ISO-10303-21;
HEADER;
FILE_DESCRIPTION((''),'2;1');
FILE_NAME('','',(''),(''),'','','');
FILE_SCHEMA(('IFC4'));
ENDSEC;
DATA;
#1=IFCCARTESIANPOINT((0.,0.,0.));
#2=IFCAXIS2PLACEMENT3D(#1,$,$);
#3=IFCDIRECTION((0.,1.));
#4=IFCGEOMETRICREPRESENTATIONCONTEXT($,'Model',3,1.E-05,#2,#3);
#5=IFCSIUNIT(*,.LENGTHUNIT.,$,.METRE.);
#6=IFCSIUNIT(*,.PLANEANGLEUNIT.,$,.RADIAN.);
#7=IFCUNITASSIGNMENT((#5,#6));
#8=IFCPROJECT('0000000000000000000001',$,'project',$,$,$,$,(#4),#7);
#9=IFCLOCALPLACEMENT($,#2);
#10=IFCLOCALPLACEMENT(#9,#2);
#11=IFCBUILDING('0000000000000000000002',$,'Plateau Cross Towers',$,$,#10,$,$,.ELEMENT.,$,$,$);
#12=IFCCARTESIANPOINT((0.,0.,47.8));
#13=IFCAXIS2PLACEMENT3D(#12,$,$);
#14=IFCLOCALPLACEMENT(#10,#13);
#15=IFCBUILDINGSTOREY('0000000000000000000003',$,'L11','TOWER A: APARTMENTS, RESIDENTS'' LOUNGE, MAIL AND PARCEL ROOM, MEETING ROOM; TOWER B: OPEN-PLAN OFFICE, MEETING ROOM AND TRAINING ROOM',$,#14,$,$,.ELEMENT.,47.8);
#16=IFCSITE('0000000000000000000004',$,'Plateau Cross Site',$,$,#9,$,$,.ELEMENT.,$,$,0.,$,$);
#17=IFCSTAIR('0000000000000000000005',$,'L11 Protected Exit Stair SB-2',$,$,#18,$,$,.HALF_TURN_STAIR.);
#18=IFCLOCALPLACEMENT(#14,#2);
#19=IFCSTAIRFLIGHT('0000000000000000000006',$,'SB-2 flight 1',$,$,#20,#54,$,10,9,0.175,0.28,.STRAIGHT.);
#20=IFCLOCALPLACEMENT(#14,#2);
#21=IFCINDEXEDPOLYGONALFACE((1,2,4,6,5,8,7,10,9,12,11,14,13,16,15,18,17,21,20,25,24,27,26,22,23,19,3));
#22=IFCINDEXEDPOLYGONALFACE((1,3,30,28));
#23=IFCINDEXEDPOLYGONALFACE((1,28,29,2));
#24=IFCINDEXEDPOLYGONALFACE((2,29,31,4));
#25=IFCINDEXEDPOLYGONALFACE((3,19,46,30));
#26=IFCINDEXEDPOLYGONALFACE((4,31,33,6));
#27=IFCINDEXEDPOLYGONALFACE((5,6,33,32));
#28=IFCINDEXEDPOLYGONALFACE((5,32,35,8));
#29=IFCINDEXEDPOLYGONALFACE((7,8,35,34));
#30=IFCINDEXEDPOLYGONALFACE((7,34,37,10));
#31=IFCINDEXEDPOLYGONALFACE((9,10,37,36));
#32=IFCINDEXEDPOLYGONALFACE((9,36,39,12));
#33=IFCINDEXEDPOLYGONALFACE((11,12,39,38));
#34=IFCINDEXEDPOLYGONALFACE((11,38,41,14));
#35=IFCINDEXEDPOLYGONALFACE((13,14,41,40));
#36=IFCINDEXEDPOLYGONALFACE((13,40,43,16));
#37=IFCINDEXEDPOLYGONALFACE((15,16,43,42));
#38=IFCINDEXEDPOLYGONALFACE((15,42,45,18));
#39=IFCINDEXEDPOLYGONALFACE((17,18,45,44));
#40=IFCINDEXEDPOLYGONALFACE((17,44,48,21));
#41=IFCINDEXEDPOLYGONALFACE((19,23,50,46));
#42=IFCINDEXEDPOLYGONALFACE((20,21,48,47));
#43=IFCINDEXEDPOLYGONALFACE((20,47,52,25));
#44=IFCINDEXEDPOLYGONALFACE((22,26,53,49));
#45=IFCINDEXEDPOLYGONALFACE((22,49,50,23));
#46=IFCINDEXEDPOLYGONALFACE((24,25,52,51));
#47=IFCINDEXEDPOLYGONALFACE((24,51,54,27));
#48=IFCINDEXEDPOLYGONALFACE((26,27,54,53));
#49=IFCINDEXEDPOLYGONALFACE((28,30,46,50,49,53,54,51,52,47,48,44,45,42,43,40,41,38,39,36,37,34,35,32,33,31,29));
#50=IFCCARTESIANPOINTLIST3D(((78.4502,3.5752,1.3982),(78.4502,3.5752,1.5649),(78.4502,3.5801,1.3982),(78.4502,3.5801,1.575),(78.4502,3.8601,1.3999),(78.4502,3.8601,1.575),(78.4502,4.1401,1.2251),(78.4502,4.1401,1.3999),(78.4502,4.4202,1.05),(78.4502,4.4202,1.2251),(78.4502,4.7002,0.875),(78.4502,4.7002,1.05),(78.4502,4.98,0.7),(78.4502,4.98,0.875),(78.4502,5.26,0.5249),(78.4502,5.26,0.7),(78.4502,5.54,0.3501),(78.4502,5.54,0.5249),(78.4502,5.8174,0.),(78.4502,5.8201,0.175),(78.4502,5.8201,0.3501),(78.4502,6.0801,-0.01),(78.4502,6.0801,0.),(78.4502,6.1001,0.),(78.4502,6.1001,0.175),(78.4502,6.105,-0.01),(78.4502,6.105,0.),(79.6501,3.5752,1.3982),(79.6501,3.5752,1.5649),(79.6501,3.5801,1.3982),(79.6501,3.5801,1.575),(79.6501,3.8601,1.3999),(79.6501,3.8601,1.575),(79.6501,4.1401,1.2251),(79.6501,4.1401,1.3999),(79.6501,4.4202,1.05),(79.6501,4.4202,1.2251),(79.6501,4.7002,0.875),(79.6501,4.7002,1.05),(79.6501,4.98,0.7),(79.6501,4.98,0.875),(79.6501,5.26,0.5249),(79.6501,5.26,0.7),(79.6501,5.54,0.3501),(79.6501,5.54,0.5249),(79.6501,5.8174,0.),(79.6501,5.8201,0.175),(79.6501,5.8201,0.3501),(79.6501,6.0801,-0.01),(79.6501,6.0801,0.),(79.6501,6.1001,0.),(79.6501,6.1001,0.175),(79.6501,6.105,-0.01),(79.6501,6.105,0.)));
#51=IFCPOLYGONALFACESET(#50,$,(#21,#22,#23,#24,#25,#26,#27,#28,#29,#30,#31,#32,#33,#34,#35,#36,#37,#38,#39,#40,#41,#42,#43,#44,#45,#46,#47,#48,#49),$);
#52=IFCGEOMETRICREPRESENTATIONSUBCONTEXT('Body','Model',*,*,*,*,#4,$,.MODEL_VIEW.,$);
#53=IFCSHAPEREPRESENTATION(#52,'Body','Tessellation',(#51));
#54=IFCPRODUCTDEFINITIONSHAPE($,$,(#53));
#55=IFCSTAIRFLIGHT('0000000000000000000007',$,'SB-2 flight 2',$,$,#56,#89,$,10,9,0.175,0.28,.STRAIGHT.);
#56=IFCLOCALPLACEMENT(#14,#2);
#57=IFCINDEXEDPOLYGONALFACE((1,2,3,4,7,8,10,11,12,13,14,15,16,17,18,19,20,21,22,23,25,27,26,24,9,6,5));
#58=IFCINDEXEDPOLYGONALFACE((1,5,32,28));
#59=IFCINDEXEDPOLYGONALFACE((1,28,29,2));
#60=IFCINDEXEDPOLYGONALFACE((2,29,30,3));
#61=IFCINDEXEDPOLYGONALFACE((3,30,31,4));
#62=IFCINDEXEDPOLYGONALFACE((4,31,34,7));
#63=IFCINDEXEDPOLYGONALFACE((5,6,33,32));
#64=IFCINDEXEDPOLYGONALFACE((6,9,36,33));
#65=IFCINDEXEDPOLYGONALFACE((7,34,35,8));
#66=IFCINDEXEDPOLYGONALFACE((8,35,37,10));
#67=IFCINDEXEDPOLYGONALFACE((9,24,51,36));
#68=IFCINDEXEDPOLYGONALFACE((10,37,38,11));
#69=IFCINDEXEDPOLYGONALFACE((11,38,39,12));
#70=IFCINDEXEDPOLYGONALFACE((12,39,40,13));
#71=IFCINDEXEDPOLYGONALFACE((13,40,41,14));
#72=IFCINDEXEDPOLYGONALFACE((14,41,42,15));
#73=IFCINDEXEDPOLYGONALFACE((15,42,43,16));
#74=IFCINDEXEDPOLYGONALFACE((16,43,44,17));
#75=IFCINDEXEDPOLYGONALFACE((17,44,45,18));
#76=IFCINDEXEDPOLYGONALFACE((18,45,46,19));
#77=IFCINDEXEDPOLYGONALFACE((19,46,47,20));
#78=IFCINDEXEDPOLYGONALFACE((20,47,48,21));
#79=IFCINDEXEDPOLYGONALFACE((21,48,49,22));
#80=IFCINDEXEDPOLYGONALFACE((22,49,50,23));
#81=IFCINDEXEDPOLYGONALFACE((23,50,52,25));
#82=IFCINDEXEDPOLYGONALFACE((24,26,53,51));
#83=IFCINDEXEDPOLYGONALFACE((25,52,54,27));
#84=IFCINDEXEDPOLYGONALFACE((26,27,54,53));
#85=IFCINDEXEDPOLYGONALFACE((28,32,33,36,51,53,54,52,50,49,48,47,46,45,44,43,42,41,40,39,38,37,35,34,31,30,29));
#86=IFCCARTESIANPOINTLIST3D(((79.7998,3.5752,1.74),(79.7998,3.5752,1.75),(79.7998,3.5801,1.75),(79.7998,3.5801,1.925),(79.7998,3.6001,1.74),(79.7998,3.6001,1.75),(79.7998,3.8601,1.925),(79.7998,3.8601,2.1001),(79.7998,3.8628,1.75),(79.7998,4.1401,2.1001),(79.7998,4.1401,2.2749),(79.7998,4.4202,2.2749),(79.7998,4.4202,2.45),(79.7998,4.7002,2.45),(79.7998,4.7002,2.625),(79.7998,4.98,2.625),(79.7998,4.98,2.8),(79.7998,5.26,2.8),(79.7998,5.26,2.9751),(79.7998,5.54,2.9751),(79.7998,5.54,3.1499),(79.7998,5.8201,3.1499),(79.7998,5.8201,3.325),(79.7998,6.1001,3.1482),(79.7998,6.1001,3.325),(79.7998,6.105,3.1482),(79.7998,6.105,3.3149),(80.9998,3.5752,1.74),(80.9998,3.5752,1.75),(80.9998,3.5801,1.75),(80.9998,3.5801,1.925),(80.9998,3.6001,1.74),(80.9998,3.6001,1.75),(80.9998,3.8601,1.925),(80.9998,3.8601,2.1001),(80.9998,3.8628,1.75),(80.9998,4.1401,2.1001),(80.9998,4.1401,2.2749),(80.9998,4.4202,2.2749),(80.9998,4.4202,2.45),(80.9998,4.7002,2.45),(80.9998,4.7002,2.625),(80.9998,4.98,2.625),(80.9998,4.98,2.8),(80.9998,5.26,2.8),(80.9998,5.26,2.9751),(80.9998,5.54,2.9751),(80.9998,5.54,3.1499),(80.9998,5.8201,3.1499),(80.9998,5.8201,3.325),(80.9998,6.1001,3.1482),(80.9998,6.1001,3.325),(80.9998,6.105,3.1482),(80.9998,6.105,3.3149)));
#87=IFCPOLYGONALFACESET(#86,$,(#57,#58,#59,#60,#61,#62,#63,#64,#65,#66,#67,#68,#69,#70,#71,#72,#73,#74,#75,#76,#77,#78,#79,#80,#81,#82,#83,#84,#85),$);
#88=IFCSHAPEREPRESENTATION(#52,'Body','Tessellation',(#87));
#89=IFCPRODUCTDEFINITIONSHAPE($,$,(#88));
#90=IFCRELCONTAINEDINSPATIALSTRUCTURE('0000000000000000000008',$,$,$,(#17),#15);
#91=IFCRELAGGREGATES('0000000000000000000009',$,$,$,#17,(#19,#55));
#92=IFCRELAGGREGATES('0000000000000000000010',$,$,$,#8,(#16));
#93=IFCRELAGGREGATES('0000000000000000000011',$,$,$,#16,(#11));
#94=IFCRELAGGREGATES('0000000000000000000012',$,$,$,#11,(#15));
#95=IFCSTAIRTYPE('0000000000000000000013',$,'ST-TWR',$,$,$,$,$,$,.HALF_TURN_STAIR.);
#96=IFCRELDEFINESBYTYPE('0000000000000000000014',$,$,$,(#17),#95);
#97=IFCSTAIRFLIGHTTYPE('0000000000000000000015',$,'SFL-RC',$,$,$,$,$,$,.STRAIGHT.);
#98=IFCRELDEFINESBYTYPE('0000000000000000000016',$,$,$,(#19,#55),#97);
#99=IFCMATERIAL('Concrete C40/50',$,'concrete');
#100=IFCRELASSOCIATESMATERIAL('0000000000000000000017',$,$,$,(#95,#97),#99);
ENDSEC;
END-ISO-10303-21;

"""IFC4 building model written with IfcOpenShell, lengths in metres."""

from ifc_helpers import new_model, si_unit, direction, frame, origin, place, context, subcontext, project, spatial, polyline, outline, extrude, material, type_object, element, aggregate, save


model = new_model("IFC4")

# Units and contexts
model_context = context("Model", 3, precision=1e-05, world=origin(), true_north=direction((0.0, 1.0)))
body_context = subcontext(model_context, "Body", "Model", "MODEL_VIEW")
ifc_project = project(units=[si_unit("LENGTHUNIT", "METRE"), si_unit("PLANEANGLEUNIT", "RADIAN")], contexts=[model_context])

# Site, building, storey
site_placement = place(None, origin())
site = spatial("IfcSite", under=ifc_project, at=site_placement, Name="Plateau Cross Site", CompositionType="ELEMENT", RefElevation=0.0)
building_placement = place(site_placement, origin())
building = spatial("IfcBuilding", under=site, at=building_placement, Name="Plateau Cross Towers", CompositionType="ELEMENT")
storey_placement = place(building_placement, frame((0.0, 0.0, 47.8)))
storey = spatial("IfcBuildingStorey", under=building, at=storey_placement, Name="L11", Description="TOWER A: APARTMENTS, RESIDENTS' LOUNGE, MAIL AND PARCEL ROOM, MEETING ROOM; TOWER B: OPEN-PLAN OFFICE, MEETING ROOM AND TRAINING ROOM", CompositionType="ELEMENT", Elevation=47.8)

# Stair, stair flights
ifc_material_1 = material(Name="Concrete C40/50", Category="concrete")
stair_type = type_object("IfcStairType", Name="ST-TWR", PredefinedType="HALF_TURN_STAIR", material=ifc_material_1)
stair_flight_type = type_object("IfcStairFlightType", Name="SFL-RC", PredefinedType="STRAIGHT", material=ifc_material_1)
stair_1_placement = place(storey_placement, origin())
stair_1 = element("IfcStair", 1, at=stair_1_placement, inside=storey, type_object=stair_type, Name="L11 Protected Exit Stair SB-2", PredefinedType="HALF_TURN_STAIR")
stair_flight_1_placement = place(storey_placement, frame((79.05, 6.1001, 0.0), z_axis=(0.0, 0.0, 1.0), x_axis=(0.0, -1.0, 0.0)))
stair_flight_1 = element("IfcStairFlight", 2, at=stair_flight_1_placement, type_object=stair_flight_type, Name="SB-2 flight 1", NumberOfRisers=10, NumberOfTreads=9, PredefinedType="STRAIGHT", RiserHeight=0.175, TreadLength=0.28, context=body_context, shape_type="SweptSolid", body=[
    extrude(outline(polyline([(-0.0049, -0.01), (-0.0049, 0.0), (0.0, 0.0), (0.0, 0.175), (0.28, 0.175), (0.28, 0.3501), (0.5601, 0.3501), (0.5601, 0.5249), (0.8401, 0.5249), (0.8401, 0.7), (1.1201, 0.7), (1.1201, 0.875), (1.3999, 0.875), (1.3999, 1.05), (1.6799, 1.05), (1.6799, 1.2251), (1.96, 1.2251), (1.96, 1.3999), (2.24, 1.3999), (2.24, 1.575), (2.52, 1.575), (2.5249, 1.5649), (2.5249, 1.3982), (2.52, 1.3982), (0.2827, 0.0), (0.02, 0.0), (0.02, -0.01), (-0.0049, -0.01)])), frame((0.0, 0.6001, 0.0), z_axis=(0.0, -1.0, 0.0), x_axis=(1.0, 0.0, 0.0)), (0.0, 0.0, 1.0), 1.2),
])
stair_flight_2_placement = place(storey_placement, frame((80.3999, 3.5801, 1.75), z_axis=(0.0, 0.0, 1.0), x_axis=(0.0, 1.0, 0.0)))
stair_flight_2 = element("IfcStairFlight", 3, at=stair_flight_2_placement, type_object=stair_flight_type, Name="SB-2 flight 2", NumberOfRisers=10, NumberOfTreads=9, PredefinedType="STRAIGHT", RiserHeight=0.175, TreadLength=0.28, context=body_context, shape_type="SweptSolid", body=[
    extrude(outline(polyline([(-0.0049, -0.01), (-0.0049, 0.0), (0.0, 0.0), (0.0, 0.175), (0.28, 0.175), (0.28, 0.3501), (0.5601, 0.3501), (0.5601, 0.5249), (0.8401, 0.5249), (0.8401, 0.7), (1.1201, 0.7), (1.1201, 0.875), (1.3999, 0.875), (1.3999, 1.05), (1.6799, 1.05), (1.6799, 1.2251), (1.96, 1.2251), (1.96, 1.3999), (2.24, 1.3999), (2.24, 1.575), (2.52, 1.575), (2.5249, 1.5649), (2.5249, 1.3982), (2.52, 1.3982), (0.2827, 0.0), (0.02, 0.0), (0.02, -0.01), (-0.0049, -0.01)])), frame((0.0, 0.6001, 0.0), z_axis=(0.0, -1.0, 0.0), x_axis=(1.0, 0.0, 0.0)), (0.0, 0.0, 1.0), 1.2),
])
aggregate(stair_1, [stair_flight_1, stair_flight_2])

save(model, "model.ifc")
